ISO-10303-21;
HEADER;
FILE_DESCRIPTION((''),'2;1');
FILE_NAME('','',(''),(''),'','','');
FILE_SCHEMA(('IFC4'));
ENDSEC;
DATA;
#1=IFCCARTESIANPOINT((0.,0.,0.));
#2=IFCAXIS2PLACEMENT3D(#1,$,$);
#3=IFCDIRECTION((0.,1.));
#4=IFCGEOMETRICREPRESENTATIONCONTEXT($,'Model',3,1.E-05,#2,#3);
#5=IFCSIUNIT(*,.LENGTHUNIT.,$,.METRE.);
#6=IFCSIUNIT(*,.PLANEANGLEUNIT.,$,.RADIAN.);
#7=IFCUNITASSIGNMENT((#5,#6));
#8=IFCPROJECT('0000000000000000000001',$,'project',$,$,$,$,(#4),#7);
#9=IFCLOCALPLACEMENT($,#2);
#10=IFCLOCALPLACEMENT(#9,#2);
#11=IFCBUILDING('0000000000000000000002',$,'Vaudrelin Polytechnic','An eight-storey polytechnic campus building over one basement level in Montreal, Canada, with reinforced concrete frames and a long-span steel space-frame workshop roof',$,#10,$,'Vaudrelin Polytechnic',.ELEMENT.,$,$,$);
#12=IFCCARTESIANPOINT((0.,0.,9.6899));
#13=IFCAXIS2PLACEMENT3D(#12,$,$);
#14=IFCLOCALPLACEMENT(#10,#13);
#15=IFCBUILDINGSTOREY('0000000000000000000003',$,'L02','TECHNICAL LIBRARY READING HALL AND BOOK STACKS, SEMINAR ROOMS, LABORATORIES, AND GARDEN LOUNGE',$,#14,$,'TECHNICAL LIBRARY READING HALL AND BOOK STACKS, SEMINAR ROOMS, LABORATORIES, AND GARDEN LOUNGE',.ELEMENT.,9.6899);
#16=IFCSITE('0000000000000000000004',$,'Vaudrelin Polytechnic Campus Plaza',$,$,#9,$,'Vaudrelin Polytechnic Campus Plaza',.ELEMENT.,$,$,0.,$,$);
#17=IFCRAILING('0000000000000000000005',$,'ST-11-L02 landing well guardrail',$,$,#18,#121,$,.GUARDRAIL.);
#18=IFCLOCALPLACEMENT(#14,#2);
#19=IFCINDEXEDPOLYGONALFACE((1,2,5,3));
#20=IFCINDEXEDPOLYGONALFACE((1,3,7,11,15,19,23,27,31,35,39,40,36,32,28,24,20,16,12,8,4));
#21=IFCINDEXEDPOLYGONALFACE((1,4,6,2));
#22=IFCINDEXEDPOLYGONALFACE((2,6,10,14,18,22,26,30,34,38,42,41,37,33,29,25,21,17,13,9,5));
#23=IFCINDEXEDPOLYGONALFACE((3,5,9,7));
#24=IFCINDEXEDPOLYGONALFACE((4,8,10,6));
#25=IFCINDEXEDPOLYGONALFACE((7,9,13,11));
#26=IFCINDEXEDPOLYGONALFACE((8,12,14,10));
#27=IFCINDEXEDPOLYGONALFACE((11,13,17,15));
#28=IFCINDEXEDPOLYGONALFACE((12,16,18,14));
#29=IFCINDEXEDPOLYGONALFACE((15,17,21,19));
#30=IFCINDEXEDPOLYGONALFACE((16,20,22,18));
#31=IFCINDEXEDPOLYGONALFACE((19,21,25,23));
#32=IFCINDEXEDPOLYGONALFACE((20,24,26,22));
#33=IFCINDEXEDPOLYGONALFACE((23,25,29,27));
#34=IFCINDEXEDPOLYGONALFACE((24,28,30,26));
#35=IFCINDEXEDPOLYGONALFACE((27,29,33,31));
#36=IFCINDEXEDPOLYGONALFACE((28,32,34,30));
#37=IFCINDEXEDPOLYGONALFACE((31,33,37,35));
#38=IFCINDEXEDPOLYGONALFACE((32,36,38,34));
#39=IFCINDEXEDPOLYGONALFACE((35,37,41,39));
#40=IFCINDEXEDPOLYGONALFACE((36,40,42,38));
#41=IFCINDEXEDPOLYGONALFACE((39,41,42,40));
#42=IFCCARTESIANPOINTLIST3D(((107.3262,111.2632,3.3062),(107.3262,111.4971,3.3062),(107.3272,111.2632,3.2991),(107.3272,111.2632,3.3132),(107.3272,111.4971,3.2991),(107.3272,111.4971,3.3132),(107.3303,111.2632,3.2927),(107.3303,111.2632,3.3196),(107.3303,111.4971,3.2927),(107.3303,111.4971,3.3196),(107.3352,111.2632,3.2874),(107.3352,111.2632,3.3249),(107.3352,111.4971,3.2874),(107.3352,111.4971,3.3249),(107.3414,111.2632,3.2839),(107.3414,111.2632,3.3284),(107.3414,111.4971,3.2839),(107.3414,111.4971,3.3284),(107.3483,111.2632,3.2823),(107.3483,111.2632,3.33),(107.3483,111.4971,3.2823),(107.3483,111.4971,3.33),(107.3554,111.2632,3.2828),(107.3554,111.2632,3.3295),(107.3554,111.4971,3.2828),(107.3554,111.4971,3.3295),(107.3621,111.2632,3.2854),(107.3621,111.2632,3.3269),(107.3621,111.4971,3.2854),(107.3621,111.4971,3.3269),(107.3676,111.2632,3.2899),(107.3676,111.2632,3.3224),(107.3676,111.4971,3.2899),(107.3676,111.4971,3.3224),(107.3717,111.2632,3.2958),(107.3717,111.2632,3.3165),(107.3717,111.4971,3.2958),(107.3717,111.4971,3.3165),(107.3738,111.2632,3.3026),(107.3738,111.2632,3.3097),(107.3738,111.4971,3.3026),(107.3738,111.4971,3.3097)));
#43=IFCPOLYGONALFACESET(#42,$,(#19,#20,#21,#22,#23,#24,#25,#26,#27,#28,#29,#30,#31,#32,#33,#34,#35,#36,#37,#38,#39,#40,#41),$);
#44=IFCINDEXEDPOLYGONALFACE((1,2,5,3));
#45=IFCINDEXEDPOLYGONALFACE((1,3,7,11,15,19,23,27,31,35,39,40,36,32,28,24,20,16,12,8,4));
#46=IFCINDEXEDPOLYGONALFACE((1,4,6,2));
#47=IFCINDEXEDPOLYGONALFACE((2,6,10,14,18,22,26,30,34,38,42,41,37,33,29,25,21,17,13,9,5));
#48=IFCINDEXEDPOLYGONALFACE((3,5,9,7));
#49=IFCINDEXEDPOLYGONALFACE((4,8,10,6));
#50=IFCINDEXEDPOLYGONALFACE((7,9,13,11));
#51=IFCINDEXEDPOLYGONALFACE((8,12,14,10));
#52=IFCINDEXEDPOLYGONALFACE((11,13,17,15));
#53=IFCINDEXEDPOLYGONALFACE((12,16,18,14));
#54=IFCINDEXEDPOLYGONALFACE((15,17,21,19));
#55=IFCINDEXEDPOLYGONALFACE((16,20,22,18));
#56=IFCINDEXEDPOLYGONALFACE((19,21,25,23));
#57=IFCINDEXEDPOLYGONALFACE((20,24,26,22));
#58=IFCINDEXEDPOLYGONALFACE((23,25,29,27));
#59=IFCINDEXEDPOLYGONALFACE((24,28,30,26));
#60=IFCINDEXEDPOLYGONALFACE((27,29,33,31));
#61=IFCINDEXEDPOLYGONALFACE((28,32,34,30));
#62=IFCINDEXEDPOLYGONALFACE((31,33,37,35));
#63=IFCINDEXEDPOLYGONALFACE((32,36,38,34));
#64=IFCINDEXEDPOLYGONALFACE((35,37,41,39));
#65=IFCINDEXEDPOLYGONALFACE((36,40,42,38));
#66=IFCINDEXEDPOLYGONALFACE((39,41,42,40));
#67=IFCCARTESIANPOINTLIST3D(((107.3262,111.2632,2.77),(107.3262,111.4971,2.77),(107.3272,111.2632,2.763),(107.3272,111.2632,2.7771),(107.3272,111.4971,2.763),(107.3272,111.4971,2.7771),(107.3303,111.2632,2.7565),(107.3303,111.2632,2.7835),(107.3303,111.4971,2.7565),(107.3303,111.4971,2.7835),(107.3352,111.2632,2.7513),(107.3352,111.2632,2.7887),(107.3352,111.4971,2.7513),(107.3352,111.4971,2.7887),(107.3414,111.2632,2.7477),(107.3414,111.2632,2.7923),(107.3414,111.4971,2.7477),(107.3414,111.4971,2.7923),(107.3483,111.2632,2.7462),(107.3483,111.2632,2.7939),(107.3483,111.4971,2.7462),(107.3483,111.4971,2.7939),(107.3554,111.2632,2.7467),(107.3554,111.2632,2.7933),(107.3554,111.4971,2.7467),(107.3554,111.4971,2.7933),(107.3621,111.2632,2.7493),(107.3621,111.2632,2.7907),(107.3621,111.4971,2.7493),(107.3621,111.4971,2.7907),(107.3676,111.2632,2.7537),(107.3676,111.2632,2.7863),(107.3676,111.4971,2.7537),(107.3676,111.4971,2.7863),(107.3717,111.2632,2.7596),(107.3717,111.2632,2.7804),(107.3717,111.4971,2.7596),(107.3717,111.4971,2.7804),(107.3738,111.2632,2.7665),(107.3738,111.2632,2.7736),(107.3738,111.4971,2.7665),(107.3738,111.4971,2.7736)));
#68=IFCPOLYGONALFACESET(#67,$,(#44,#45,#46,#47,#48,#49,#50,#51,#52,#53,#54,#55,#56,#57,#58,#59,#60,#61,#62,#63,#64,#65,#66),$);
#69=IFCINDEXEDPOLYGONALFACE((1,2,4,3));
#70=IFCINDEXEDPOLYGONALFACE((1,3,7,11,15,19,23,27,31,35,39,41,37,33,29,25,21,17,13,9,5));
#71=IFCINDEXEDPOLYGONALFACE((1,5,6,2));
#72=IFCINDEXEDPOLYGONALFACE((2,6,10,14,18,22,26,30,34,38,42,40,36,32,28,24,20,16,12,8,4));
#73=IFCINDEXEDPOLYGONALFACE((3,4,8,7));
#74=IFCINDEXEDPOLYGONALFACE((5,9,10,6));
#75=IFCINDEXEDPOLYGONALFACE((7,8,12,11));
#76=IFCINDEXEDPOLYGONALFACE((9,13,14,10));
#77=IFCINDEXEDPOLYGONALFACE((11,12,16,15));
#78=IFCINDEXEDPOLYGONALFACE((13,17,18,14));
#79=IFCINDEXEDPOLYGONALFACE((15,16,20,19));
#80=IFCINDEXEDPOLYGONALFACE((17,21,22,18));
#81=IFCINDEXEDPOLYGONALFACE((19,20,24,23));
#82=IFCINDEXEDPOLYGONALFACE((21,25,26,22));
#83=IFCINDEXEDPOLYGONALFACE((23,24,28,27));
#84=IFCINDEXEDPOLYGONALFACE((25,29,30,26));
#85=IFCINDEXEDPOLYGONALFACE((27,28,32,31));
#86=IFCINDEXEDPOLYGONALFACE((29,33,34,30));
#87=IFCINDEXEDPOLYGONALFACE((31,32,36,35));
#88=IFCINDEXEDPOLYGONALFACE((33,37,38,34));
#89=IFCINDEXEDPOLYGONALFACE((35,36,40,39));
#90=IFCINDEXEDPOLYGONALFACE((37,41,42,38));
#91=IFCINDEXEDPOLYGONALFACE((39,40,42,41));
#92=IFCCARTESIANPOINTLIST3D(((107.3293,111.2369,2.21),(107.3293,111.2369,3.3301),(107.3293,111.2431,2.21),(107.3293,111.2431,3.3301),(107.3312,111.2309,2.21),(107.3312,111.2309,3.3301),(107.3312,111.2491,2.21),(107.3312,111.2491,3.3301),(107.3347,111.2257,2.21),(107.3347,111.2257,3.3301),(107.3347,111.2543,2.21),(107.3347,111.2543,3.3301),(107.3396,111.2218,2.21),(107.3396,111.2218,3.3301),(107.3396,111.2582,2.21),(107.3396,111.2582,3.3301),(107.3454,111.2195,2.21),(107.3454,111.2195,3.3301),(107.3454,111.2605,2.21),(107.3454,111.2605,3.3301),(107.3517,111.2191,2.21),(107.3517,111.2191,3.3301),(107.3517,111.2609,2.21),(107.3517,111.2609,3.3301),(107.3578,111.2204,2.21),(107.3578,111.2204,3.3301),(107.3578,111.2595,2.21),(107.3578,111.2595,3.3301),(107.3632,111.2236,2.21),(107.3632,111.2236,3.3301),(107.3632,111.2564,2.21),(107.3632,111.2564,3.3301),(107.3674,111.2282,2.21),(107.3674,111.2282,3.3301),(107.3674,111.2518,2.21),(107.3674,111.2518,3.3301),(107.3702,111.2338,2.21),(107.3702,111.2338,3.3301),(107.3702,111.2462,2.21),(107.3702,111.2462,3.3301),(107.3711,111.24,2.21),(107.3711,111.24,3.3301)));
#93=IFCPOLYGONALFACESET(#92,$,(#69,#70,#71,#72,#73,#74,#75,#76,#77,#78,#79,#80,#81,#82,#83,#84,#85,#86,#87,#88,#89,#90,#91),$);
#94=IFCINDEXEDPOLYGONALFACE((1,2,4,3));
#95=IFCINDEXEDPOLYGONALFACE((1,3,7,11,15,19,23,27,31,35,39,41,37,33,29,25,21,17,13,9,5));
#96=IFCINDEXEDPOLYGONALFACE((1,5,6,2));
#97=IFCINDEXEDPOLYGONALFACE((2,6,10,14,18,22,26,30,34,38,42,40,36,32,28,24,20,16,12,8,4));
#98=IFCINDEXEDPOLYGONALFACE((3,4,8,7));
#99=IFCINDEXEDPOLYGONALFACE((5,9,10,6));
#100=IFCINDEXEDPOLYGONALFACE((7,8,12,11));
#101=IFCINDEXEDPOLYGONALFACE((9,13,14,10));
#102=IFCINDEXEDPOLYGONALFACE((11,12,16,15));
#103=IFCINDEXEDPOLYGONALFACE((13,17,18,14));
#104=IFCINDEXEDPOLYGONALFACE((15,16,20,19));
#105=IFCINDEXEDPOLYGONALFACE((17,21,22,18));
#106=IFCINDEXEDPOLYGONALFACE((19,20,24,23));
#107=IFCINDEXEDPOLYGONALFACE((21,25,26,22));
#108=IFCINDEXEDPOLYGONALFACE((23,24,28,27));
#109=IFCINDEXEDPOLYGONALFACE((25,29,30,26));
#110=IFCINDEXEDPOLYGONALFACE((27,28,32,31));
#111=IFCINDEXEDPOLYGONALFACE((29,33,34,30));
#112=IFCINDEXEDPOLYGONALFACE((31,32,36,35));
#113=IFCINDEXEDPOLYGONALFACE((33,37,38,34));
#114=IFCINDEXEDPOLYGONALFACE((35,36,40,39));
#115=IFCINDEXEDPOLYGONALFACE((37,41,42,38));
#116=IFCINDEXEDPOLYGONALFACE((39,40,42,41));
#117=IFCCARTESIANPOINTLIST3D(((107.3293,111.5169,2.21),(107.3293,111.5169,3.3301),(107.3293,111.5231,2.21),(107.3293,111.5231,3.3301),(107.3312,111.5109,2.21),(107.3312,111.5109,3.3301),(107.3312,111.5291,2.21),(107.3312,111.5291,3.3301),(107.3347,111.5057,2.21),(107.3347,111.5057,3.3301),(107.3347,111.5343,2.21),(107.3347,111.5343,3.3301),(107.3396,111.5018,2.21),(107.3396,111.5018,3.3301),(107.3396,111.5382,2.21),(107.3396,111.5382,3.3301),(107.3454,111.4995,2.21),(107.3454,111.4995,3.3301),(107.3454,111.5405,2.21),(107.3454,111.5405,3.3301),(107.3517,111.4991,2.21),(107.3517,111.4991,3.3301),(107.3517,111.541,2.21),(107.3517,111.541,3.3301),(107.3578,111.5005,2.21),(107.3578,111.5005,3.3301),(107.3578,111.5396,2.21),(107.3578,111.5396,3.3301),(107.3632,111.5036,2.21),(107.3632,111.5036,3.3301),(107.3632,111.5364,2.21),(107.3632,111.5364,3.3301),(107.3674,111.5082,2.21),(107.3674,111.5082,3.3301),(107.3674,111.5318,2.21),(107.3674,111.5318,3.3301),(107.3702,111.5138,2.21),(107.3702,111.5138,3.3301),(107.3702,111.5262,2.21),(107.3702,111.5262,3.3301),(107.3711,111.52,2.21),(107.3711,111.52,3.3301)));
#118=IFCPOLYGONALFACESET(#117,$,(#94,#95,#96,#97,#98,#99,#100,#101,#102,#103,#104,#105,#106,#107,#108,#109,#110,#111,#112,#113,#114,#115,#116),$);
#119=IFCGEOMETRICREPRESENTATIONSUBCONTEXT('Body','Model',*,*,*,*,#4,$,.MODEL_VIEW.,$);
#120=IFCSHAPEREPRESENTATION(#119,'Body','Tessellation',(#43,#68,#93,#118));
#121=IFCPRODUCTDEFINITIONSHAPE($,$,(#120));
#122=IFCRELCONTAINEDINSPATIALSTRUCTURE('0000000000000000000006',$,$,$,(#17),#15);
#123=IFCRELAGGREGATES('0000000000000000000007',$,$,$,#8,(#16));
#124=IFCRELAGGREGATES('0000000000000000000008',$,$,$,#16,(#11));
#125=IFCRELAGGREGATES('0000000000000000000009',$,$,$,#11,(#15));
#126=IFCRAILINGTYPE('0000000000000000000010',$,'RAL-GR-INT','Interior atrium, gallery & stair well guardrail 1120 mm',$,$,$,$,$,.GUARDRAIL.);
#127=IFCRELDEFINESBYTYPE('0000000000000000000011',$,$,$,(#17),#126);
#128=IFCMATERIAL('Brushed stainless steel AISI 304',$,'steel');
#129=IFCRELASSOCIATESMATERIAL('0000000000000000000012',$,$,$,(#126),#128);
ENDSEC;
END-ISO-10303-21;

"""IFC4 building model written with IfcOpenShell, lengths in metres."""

from ifc_helpers import new_model, si_unit, direction, frame, origin, origin_2d, place, context, subcontext, project, spatial, circle, extrude, material, type_object, element, save


model = new_model("IFC4")

# Units and contexts
model_context = context("Model", 3, precision=1e-05, world=origin(), true_north=direction((0.0, 1.0)))
body_context = subcontext(model_context, "Body", "Model", "MODEL_VIEW")
ifc_project = project(units=[si_unit("LENGTHUNIT", "METRE"), si_unit("PLANEANGLEUNIT", "RADIAN")], contexts=[model_context])

# Site, building, storey
site_placement = place(None, origin())
site = spatial("IfcSite", under=ifc_project, at=site_placement, Name="Vaudrelin Polytechnic Campus Plaza", LongName="Vaudrelin Polytechnic Campus Plaza", CompositionType="ELEMENT", RefElevation=0.0)
building_placement = place(site_placement, origin())
building = spatial("IfcBuilding", under=site, at=building_placement, Name="Vaudrelin Polytechnic", Description="An eight-storey polytechnic campus building over one basement level in Montreal, Canada, with reinforced concrete frames and a long-span steel space-frame workshop roof", LongName="Vaudrelin Polytechnic", CompositionType="ELEMENT")
storey_placement = place(building_placement, frame((0.0, 0.0, 9.6899)))
storey = spatial("IfcBuildingStorey", under=building, at=storey_placement, Name="L02", Description="TECHNICAL LIBRARY READING HALL AND BOOK STACKS, SEMINAR ROOMS, LABORATORIES, AND GARDEN LOUNGE", LongName="TECHNICAL LIBRARY READING HALL AND BOOK STACKS, SEMINAR ROOMS, LABORATORIES, AND GARDEN LOUNGE", CompositionType="ELEMENT", Elevation=9.6899)

# Railing
ifc_material_1 = material(Name="Brushed stainless steel AISI 304", Category="steel")
railing_type_1 = type_object("IfcRailingType", Name="RAL-GR-INT", Description="Interior atrium, gallery & stair well guardrail 1120 mm", PredefinedType="GUARDRAIL", material=ifc_material_1)
railing_1_placement = place(storey_placement, frame((107.3501, 111.24, 2.21)))
element("IfcRailing", 1, at=railing_1_placement, inside=storey, type_object=railing_type_1, Name="ST-11-L02 landing well guardrail", PredefinedType="GUARDRAIL", context=body_context, shape_type="SweptSolid", body=[
    extrude(circle(Radius=0.0239, at=origin_2d()), frame((0.0, 0.0232, 1.0962), z_axis=(0.0, 1.0, 0.0), x_axis=(-1.0, 0.0, 0.0)), (0.0, 0.0, 1.0), 0.2339),
    extrude(circle(Radius=0.0239, at=origin_2d()), frame((0.0, 0.0232, 0.5601), z_axis=(0.0, 1.0, 0.0), x_axis=(-1.0, 0.0, 0.0)), (0.0, 0.0, 1.0), 0.2339),
    extrude(circle(Radius=0.021, at=origin_2d()), origin(), (0.0, 0.0, 1.0), 1.1201),
    extrude(circle(Radius=0.021, at=origin_2d()), frame((0.0, 0.28, 0.0)), (0.0, 0.0, 1.0), 1.1201),
])

save(model, "model.ifc")
